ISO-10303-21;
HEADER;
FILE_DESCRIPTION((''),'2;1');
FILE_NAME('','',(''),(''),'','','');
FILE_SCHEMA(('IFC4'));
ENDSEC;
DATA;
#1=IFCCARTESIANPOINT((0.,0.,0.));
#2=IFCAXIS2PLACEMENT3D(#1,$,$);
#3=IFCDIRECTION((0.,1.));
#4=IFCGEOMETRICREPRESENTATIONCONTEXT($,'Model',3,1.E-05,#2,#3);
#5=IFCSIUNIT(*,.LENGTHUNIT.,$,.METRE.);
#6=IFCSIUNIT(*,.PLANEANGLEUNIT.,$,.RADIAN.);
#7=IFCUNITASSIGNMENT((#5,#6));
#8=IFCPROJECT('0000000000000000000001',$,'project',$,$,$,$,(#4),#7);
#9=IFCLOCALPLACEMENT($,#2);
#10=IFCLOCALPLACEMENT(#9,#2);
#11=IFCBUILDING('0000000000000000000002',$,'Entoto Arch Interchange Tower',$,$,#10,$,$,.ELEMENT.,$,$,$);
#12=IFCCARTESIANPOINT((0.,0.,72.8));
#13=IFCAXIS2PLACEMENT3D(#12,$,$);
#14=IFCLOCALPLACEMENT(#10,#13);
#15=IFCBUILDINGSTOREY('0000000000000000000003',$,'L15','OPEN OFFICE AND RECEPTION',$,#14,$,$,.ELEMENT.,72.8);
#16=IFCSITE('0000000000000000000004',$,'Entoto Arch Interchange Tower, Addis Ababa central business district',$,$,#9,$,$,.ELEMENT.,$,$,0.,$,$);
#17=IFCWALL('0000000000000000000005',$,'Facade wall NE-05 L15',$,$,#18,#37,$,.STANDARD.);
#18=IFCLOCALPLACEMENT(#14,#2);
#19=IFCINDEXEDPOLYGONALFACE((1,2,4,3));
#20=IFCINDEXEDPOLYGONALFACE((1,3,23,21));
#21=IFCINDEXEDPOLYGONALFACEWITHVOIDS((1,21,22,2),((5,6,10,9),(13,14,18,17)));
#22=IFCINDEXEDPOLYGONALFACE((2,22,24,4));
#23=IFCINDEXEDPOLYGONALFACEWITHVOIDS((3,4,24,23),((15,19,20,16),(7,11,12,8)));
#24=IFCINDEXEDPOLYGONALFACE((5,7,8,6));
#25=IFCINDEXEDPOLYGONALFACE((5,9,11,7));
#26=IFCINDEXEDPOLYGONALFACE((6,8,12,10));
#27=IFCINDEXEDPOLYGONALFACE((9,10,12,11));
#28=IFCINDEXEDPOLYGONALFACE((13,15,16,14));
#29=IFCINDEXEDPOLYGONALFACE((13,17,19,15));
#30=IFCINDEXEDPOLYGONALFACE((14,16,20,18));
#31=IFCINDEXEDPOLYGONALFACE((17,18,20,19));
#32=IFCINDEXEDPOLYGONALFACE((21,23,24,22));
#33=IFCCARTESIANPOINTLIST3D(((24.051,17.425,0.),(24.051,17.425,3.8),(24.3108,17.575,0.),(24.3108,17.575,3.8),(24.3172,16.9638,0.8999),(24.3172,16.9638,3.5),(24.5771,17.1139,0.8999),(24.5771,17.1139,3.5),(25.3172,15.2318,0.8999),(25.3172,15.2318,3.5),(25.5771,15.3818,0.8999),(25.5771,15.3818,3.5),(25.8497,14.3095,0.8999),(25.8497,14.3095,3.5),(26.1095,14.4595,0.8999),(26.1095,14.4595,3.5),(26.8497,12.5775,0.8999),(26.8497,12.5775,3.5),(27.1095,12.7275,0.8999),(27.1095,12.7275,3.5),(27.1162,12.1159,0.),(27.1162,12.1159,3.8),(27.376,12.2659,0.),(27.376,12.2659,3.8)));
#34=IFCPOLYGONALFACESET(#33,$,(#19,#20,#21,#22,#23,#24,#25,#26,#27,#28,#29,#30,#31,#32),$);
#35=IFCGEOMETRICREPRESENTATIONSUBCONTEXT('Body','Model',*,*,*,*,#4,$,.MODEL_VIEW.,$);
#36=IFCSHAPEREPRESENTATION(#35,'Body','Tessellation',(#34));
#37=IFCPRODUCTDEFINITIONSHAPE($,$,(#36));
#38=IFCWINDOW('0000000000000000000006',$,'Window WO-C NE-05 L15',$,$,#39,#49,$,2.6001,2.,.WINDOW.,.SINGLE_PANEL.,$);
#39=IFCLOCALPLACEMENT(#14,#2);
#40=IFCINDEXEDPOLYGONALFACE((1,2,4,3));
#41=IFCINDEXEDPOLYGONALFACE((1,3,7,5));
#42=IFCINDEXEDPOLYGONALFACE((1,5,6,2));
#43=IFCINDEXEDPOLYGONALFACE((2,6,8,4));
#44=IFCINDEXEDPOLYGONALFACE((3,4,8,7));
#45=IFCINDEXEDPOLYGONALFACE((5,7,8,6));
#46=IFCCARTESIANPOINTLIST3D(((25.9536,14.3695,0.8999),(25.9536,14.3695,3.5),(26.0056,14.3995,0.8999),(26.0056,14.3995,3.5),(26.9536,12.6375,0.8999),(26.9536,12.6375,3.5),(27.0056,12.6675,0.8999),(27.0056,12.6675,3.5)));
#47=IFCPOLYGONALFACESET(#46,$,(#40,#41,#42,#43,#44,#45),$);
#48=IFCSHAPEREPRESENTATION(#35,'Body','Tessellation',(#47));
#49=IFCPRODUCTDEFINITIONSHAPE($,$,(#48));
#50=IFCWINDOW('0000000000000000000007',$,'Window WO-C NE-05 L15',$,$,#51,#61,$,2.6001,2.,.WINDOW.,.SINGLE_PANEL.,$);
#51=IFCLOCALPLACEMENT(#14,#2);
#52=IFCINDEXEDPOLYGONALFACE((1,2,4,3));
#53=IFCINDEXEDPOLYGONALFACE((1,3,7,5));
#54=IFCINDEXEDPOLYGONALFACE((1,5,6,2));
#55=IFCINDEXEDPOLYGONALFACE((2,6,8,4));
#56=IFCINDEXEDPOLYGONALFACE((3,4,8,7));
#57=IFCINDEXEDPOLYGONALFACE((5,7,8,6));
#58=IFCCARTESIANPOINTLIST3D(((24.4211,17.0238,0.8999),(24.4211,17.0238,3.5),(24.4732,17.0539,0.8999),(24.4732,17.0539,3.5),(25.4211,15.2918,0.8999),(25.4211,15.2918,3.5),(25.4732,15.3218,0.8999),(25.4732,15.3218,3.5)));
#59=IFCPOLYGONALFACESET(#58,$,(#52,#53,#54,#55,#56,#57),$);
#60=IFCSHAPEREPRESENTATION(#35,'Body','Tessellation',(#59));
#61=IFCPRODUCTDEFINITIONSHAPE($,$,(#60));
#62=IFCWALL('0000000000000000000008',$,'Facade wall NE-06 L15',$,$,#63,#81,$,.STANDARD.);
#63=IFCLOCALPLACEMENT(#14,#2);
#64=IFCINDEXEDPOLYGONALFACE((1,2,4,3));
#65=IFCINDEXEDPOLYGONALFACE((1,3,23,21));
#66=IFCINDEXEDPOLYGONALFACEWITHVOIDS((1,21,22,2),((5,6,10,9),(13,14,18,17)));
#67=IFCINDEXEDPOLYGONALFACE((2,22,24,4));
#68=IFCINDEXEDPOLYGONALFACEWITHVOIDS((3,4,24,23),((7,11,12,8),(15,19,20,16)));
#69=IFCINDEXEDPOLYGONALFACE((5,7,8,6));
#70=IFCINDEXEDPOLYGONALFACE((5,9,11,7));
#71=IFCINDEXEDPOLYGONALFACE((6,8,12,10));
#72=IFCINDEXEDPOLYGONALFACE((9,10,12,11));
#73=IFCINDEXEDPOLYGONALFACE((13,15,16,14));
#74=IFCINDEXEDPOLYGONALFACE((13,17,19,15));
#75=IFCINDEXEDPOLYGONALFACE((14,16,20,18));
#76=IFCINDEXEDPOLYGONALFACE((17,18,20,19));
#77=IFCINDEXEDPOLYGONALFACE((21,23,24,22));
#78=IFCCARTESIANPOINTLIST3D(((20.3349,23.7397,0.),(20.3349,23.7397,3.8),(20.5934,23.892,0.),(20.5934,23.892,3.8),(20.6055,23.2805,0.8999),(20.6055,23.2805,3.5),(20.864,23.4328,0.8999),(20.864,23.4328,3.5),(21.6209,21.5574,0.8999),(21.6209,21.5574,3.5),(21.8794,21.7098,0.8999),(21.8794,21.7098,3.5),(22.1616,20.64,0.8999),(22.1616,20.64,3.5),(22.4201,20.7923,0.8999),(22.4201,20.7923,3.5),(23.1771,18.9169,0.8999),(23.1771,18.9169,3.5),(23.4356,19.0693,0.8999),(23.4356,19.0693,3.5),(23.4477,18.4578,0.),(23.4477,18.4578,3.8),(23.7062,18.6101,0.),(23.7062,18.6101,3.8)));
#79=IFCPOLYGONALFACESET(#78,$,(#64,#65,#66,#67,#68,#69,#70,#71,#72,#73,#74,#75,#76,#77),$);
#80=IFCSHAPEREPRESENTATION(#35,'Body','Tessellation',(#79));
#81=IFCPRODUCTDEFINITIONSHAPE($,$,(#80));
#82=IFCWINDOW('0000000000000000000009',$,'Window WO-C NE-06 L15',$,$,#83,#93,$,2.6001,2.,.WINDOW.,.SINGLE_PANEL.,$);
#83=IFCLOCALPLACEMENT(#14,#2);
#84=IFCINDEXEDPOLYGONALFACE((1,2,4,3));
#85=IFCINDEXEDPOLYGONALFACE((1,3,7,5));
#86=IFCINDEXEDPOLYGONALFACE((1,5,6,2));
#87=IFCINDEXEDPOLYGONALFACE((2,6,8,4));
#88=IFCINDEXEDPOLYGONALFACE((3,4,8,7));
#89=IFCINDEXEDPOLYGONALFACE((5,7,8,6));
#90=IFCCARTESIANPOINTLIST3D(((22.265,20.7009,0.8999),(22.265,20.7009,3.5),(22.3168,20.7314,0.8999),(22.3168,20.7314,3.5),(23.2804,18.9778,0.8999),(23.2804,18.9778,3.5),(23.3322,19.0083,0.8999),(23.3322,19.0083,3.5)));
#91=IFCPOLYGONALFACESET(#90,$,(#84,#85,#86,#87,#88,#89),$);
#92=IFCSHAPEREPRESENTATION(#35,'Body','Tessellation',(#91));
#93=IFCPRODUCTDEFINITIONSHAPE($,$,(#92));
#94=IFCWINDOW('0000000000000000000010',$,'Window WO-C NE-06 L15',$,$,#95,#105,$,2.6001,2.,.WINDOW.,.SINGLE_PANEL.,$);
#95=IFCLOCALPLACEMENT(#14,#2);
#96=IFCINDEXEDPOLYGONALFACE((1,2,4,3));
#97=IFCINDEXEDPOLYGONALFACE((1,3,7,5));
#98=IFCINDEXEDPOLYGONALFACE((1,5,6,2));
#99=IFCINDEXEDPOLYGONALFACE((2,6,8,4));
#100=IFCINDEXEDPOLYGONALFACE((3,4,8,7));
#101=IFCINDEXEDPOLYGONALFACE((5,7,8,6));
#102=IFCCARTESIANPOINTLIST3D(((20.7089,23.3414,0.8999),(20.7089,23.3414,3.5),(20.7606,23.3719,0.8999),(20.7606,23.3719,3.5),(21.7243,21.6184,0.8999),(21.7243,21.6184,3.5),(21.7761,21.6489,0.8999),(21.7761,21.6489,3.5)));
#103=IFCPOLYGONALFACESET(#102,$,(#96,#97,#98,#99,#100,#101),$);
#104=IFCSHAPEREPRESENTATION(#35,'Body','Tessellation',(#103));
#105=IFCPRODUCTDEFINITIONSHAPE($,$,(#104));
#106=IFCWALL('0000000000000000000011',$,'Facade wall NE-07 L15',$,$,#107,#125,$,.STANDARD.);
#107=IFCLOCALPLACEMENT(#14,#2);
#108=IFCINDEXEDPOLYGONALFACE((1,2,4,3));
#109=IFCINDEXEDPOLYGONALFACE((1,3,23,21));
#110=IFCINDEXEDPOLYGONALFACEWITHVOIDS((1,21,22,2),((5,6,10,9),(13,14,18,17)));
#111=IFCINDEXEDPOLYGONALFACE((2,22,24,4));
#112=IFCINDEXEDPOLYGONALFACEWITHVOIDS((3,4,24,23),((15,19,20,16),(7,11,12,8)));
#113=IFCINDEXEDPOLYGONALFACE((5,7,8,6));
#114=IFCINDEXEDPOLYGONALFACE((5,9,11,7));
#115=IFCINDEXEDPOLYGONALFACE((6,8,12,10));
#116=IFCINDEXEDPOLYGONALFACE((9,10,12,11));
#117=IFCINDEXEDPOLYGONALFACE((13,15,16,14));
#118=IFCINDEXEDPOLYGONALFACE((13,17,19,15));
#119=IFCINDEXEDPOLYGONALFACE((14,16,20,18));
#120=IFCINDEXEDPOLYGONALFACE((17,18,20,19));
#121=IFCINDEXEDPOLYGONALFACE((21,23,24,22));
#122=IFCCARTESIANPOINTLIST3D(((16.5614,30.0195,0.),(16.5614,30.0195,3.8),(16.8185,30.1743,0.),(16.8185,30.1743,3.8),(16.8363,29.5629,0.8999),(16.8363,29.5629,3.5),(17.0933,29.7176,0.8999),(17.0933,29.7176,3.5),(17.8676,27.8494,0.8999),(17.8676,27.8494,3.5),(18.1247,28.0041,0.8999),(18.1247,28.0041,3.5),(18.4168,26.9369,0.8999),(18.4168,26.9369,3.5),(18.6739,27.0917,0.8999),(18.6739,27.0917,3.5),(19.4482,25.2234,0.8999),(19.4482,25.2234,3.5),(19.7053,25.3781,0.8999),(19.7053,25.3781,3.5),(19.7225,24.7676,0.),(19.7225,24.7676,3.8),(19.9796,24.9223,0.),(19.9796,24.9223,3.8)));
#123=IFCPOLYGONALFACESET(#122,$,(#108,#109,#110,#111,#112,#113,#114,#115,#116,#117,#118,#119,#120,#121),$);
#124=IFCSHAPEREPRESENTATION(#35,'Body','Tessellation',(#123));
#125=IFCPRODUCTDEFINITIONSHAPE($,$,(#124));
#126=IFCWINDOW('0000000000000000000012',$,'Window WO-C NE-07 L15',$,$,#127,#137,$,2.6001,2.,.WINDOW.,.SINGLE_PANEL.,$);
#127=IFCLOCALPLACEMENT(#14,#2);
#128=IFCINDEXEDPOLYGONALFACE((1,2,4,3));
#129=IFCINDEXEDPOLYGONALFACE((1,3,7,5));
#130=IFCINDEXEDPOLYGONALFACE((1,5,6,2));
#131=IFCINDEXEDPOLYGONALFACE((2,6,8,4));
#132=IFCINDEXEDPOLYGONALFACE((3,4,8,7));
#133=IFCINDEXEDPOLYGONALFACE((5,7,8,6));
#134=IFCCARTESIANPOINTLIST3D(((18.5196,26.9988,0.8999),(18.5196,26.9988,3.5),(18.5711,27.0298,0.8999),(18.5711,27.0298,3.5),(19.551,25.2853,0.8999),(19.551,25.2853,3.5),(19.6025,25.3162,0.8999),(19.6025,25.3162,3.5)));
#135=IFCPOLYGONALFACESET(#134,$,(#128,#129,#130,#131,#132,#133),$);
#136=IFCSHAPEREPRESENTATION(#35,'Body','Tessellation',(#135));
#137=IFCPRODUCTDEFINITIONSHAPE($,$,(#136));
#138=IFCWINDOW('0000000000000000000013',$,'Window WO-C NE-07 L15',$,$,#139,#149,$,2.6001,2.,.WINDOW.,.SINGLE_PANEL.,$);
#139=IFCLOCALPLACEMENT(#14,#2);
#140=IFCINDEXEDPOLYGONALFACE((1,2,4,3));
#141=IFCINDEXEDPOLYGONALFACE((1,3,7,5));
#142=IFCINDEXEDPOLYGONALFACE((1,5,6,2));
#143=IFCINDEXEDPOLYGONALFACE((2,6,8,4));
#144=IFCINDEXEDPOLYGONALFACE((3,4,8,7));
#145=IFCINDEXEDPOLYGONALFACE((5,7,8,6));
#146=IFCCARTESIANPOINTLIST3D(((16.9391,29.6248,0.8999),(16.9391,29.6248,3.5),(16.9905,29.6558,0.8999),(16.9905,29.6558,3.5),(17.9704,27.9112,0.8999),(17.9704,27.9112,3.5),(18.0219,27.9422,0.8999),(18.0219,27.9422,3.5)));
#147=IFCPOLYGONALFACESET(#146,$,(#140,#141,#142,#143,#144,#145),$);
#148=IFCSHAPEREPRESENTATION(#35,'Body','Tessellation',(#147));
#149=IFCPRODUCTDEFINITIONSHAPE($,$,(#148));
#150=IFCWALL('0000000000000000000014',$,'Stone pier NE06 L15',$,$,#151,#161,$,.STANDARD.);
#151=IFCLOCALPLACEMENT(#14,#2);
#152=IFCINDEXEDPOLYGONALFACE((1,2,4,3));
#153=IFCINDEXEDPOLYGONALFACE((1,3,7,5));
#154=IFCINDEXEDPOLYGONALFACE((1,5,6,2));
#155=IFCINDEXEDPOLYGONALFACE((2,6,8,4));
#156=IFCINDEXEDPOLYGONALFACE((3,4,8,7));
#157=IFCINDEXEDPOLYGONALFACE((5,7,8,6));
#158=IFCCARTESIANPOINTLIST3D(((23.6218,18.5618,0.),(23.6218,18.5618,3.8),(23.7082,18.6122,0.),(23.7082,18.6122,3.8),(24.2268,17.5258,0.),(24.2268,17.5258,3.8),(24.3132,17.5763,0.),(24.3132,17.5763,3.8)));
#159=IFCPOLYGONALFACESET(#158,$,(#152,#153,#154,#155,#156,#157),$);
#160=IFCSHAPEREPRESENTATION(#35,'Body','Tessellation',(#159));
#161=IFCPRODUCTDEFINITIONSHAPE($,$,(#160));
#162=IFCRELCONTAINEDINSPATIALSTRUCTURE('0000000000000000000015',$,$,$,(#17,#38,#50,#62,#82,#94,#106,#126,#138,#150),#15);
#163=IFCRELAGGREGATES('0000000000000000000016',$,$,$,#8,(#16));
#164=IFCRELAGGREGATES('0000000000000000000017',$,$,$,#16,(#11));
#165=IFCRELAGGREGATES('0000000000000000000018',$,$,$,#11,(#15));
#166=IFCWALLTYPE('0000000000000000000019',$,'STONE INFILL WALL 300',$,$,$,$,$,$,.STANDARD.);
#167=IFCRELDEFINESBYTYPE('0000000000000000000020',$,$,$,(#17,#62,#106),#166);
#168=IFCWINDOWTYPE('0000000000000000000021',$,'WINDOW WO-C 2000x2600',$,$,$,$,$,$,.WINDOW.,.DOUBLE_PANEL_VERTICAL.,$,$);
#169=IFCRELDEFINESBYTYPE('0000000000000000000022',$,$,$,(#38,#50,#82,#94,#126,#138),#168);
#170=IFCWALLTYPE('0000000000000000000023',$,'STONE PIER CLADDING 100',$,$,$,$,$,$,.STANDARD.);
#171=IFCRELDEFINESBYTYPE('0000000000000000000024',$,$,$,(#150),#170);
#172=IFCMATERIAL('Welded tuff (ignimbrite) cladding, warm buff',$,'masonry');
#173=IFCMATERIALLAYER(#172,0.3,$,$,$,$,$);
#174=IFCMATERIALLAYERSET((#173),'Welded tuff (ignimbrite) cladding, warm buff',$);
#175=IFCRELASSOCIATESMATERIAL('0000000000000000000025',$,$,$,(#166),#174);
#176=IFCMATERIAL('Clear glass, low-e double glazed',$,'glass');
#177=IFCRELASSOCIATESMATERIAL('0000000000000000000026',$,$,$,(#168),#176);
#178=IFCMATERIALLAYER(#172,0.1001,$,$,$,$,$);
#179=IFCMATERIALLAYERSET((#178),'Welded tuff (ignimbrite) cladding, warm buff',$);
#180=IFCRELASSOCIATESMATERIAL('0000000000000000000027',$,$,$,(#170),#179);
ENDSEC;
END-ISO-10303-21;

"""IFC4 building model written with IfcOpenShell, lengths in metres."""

from ifc_helpers import new_model, si_unit, direction, frame, frame_2d, origin, place, context, subcontext, project, spatial, rectangle, extrude, material, layer, layer_set, type_object, element, fill, save


model = new_model("IFC4")

# Units and contexts
model_context = context("Model", 3, precision=1e-05, world=origin(), true_north=direction((0.0, 1.0)))
body_context = subcontext(model_context, "Body", "Model", "MODEL_VIEW")
ifc_project = project(units=[si_unit("LENGTHUNIT", "METRE"), si_unit("PLANEANGLEUNIT", "RADIAN")], contexts=[model_context])

# Site, building, storey
site_placement = place(None, origin())
site = spatial("IfcSite", under=ifc_project, at=site_placement, Name="Entoto Arch Interchange Tower, Addis Ababa central business district", CompositionType="ELEMENT", RefElevation=0.0)
building_placement = place(site_placement, origin())
building = spatial("IfcBuilding", under=site, at=building_placement, Name="Entoto Arch Interchange Tower", CompositionType="ELEMENT")
storey_placement = place(building_placement, frame((0.0, 0.0, 72.8)))
storey = spatial("IfcBuildingStorey", under=building, at=storey_placement, Name="L15", Description="OPEN OFFICE AND RECEPTION", CompositionType="ELEMENT", Elevation=72.8)

# Walls, openings, windows
ifc_material_1 = material(Name="Welded tuff (ignimbrite) cladding, warm buff", Category="masonry")
ifc_layer_1 = layer(ifc_material_1, 0.3)
ifc_layer_set_1 = layer_set([ifc_layer_1], Name="Welded tuff (ignimbrite) cladding, warm buff")
wall_type_1 = type_object("IfcWallType", Name="STONE INFILL WALL 300", PredefinedType="STANDARD", material=ifc_layer_set_1)
wall_1_placement = place(storey_placement, frame((27.2461, 12.1909, 0.0), z_axis=(0.0, 0.0, 1.0), x_axis=(-0.499998, 0.866026, 0.0)))
wall_1 = element("IfcWall", 1, at=wall_1_placement, inside=storey, type_object=wall_type_1, Name="Facade wall NE-05 L15", PredefinedType="STANDARD", context=body_context, shape_type="SweptSolid", body=[
    extrude(rectangle(XDim=6.1304, YDim=0.3, at=frame_2d((3.0652, 0.0))), origin(), (0.0, 0.0, 1.0), 3.8),
])
opening_1_placement = place(wall_1_placement, frame((0.533, 0.0, 0.8999)))
opening_1 = element("IfcOpeningElement", 2, at=opening_1_placement, cuts=wall_1, PredefinedType="OPENING", context=body_context, shape_type="SweptSolid", body=[
    extrude(rectangle(XDim=2.0, YDim=2.6001, at=frame_2d((1.0, 1.3))), frame((0.0, 0.1602, 0.0), z_axis=(0.0, -1.0, 0.0), x_axis=(1.0, 0.0, 0.0)), (0.0, 0.0, 1.0), 0.3201),
])
opening_2_placement = place(wall_1_placement, frame((3.5979, 0.0, 0.8999)))
opening_2 = element("IfcOpeningElement", 3, at=opening_2_placement, cuts=wall_1, PredefinedType="OPENING", context=body_context, shape_type="SweptSolid", body=[
    extrude(rectangle(XDim=2.0, YDim=2.6001, at=frame_2d((1.0, 1.3))), frame((0.0, 0.1602, 0.0), z_axis=(0.0, -1.0, 0.0), x_axis=(1.0, 0.0, 0.0)), (0.0, 0.0, 1.0), 0.3201),
])
ifc_material_2 = material(Name="Clear glass, low-e double glazed", Category="glass")
window_type = type_object("IfcWindowType", Name="WINDOW WO-C 2000x2600", PartitioningType="DOUBLE_PANEL_VERTICAL", PredefinedType="WINDOW", material=ifc_material_2)
window_1_placement = place(opening_1_placement, origin())
window_1 = element("IfcWindow", 4, at=window_1_placement, inside=storey, type_object=window_type, Name="Window WO-C NE-05 L15", OverallHeight=2.6001, OverallWidth=2.0, PartitioningType="SINGLE_PANEL", PredefinedType="WINDOW", context=body_context, shape_type="SweptSolid", body=[
    extrude(rectangle(XDim=2.0, YDim=2.6001, at=frame_2d((1.0, 1.3))), frame((0.0, 0.03, 0.0), z_axis=(0.0, -1.0, 0.0), x_axis=(1.0, 0.0, 0.0)), (0.0, 0.0, 1.0), 0.0601),
])
fill(opening_1, window_1)
window_2_placement = place(opening_2_placement, origin())
window_2 = element("IfcWindow", 5, at=window_2_placement, inside=storey, type_object=window_type, Name="Window WO-C NE-05 L15", OverallHeight=2.6001, OverallWidth=2.0, PartitioningType="SINGLE_PANEL", PredefinedType="WINDOW", context=body_context, shape_type="SweptSolid", body=[
    extrude(rectangle(XDim=2.0, YDim=2.6001, at=frame_2d((1.0, 1.3))), frame((0.0, 0.03, 0.0), z_axis=(0.0, -1.0, 0.0), x_axis=(1.0, 0.0, 0.0)), (0.0, 0.0, 1.0), 0.0601),
])
fill(opening_2, window_2)
wall_2_placement = place(storey_placement, frame((23.5769, 18.5339, 0.0), z_axis=(0.0, 0.0, 1.0), x_axis=(-0.507716, 0.861524, 0.0)))
wall_2 = element("IfcWall", 6, at=wall_2_placement, inside=storey, type_object=wall_type_1, Name="Facade wall NE-06 L15", PredefinedType="STANDARD", context=body_context, shape_type="SweptSolid", body=[
    extrude(rectangle(XDim=6.1309, YDim=0.3, at=frame_2d((3.0654, 0.0))), origin(), (0.0, 0.0, 1.0), 3.8),
])
opening_3_placement = place(wall_2_placement, frame((0.533, 0.0, 0.8999)))
opening_3 = element("IfcOpeningElement", 7, at=opening_3_placement, cuts=wall_2, PredefinedType="OPENING", context=body_context, shape_type="SweptSolid", body=[
    extrude(rectangle(XDim=2.0, YDim=2.6001, at=frame_2d((1.0, 1.3))), frame((0.0, 0.1602, 0.0), z_axis=(0.0, -1.0, 0.0), x_axis=(1.0, 0.0, 0.0)), (0.0, 0.0, 1.0), 0.3201),
])
opening_4_placement = place(wall_2_placement, frame((3.5979, 0.0, 0.8999)))
opening_4 = element("IfcOpeningElement", 8, at=opening_4_placement, cuts=wall_2, PredefinedType="OPENING", context=body_context, shape_type="SweptSolid", body=[
    extrude(rectangle(XDim=2.0, YDim=2.6001, at=frame_2d((1.0, 1.3))), frame((0.0, 0.1602, 0.0), z_axis=(0.0, -1.0, 0.0), x_axis=(1.0, 0.0, 0.0)), (0.0, 0.0, 1.0), 0.3201),
])
window_3_placement = place(opening_3_placement, origin())
window_3 = element("IfcWindow", 9, at=window_3_placement, inside=storey, type_object=window_type, Name="Window WO-C NE-06 L15", OverallHeight=2.6001, OverallWidth=2.0, PartitioningType="SINGLE_PANEL", PredefinedType="WINDOW", context=body_context, shape_type="SweptSolid", body=[
    extrude(rectangle(XDim=2.0, YDim=2.6001, at=frame_2d((1.0, 1.3))), frame((0.0, 0.03, 0.0), z_axis=(0.0, -1.0, 0.0), x_axis=(1.0, 0.0, 0.0)), (0.0, 0.0, 1.0), 0.0601),
])
fill(opening_3, window_3)
window_4_placement = place(opening_4_placement, origin())
window_4 = element("IfcWindow", 10, at=window_4_placement, inside=storey, type_object=window_type, Name="Window WO-C NE-06 L15", OverallHeight=2.6001, OverallWidth=2.0, PartitioningType="SINGLE_PANEL", PredefinedType="WINDOW", context=body_context, shape_type="SweptSolid", body=[
    extrude(rectangle(XDim=2.0, YDim=2.6001, at=frame_2d((1.0, 1.3))), frame((0.0, 0.03, 0.0), z_axis=(0.0, -1.0, 0.0), x_axis=(1.0, 0.0, 0.0)), (0.0, 0.0, 1.0), 0.0601),
])
fill(opening_4, window_4)
wall_3_placement = place(storey_placement, frame((19.8511, 24.845, 0.0), z_axis=(0.0, 0.0, 1.0), x_axis=(-0.51569, 0.856775, 0.0)))
wall_3 = element("IfcWall", 11, at=wall_3_placement, inside=storey, type_object=wall_type_1, Name="Facade wall NE-07 L15", PredefinedType="STANDARD", context=body_context, shape_type="SweptSolid", body=[
    extrude(rectangle(XDim=6.1299, YDim=0.3, at=frame_2d((3.0649, 0.0))), origin(), (0.0, 0.0, 1.0), 3.8),
])
opening_5_placement = place(wall_3_placement, frame((0.532, 0.0, 0.8999)))
opening_5 = element("IfcOpeningElement", 12, at=opening_5_placement, cuts=wall_3, PredefinedType="OPENING", context=body_context, shape_type="SweptSolid", body=[
    extrude(rectangle(XDim=2.0, YDim=2.6001, at=frame_2d((1.0, 1.3))), frame((0.0, 0.1602, 0.0), z_axis=(0.0, -1.0, 0.0), x_axis=(1.0, 0.0, 0.0)), (0.0, 0.0, 1.0), 0.3201),
])
opening_6_placement = place(wall_3_placement, frame((3.5969, 0.0, 0.8999)))
opening_6 = element("IfcOpeningElement", 13, at=opening_6_placement, cuts=wall_3, PredefinedType="OPENING", context=body_context, shape_type="SweptSolid", body=[
    extrude(rectangle(XDim=2.0, YDim=2.6001, at=frame_2d((1.0, 1.3))), frame((0.0, 0.1602, 0.0), z_axis=(0.0, -1.0, 0.0), x_axis=(1.0, 0.0, 0.0)), (0.0, 0.0, 1.0), 0.3201),
])
window_5_placement = place(opening_5_placement, origin())
window_5 = element("IfcWindow", 14, at=window_5_placement, inside=storey, type_object=window_type, Name="Window WO-C NE-07 L15", OverallHeight=2.6001, OverallWidth=2.0, PartitioningType="SINGLE_PANEL", PredefinedType="WINDOW", context=body_context, shape_type="SweptSolid", body=[
    extrude(rectangle(XDim=2.0, YDim=2.6001, at=frame_2d((1.0, 1.3))), frame((0.0, 0.03, 0.0), z_axis=(0.0, -1.0, 0.0), x_axis=(1.0, 0.0, 0.0)), (0.0, 0.0, 1.0), 0.0601),
])
fill(opening_5, window_5)
window_6_placement = place(opening_6_placement, origin())
window_6 = element("IfcWindow", 15, at=window_6_placement, inside=storey, type_object=window_type, Name="Window WO-C NE-07 L15", OverallHeight=2.6001, OverallWidth=2.0, PartitioningType="SINGLE_PANEL", PredefinedType="WINDOW", context=body_context, shape_type="SweptSolid", body=[
    extrude(rectangle(XDim=2.0, YDim=2.6001, at=frame_2d((1.0, 1.3))), frame((0.0, 0.03, 0.0), z_axis=(0.0, -1.0, 0.0), x_axis=(1.0, 0.0, 0.0)), (0.0, 0.0, 1.0), 0.0601),
])
fill(opening_6, window_6)

# Wall
ifc_layer_2 = layer(ifc_material_1, 0.1001)
ifc_layer_set_2 = layer_set([ifc_layer_2], Name="Welded tuff (ignimbrite) cladding, warm buff")
wall_type_2 = type_object("IfcWallType", Name="STONE PIER CLADDING 100", PredefinedType="STANDARD", material=ifc_layer_set_2)
wall_4_placement = place(storey_placement, frame((24.27, 17.551, 0.0), z_axis=(0.0, 0.0, 1.0), x_axis=(-0.504314, 0.86352, 0.0)))
element("IfcWall", 16, at=wall_4_placement, inside=storey, type_object=wall_type_2, Name="Stone pier NE06 L15", PredefinedType="STANDARD", context=body_context, shape_type="SweptSolid", body=[
    extrude(rectangle(XDim=1.1997, YDim=0.1001, at=frame_2d((0.5999, 0.0))), origin(), (0.0, 0.0, 1.0), 3.8),
])

save(model, "model.ifc")
